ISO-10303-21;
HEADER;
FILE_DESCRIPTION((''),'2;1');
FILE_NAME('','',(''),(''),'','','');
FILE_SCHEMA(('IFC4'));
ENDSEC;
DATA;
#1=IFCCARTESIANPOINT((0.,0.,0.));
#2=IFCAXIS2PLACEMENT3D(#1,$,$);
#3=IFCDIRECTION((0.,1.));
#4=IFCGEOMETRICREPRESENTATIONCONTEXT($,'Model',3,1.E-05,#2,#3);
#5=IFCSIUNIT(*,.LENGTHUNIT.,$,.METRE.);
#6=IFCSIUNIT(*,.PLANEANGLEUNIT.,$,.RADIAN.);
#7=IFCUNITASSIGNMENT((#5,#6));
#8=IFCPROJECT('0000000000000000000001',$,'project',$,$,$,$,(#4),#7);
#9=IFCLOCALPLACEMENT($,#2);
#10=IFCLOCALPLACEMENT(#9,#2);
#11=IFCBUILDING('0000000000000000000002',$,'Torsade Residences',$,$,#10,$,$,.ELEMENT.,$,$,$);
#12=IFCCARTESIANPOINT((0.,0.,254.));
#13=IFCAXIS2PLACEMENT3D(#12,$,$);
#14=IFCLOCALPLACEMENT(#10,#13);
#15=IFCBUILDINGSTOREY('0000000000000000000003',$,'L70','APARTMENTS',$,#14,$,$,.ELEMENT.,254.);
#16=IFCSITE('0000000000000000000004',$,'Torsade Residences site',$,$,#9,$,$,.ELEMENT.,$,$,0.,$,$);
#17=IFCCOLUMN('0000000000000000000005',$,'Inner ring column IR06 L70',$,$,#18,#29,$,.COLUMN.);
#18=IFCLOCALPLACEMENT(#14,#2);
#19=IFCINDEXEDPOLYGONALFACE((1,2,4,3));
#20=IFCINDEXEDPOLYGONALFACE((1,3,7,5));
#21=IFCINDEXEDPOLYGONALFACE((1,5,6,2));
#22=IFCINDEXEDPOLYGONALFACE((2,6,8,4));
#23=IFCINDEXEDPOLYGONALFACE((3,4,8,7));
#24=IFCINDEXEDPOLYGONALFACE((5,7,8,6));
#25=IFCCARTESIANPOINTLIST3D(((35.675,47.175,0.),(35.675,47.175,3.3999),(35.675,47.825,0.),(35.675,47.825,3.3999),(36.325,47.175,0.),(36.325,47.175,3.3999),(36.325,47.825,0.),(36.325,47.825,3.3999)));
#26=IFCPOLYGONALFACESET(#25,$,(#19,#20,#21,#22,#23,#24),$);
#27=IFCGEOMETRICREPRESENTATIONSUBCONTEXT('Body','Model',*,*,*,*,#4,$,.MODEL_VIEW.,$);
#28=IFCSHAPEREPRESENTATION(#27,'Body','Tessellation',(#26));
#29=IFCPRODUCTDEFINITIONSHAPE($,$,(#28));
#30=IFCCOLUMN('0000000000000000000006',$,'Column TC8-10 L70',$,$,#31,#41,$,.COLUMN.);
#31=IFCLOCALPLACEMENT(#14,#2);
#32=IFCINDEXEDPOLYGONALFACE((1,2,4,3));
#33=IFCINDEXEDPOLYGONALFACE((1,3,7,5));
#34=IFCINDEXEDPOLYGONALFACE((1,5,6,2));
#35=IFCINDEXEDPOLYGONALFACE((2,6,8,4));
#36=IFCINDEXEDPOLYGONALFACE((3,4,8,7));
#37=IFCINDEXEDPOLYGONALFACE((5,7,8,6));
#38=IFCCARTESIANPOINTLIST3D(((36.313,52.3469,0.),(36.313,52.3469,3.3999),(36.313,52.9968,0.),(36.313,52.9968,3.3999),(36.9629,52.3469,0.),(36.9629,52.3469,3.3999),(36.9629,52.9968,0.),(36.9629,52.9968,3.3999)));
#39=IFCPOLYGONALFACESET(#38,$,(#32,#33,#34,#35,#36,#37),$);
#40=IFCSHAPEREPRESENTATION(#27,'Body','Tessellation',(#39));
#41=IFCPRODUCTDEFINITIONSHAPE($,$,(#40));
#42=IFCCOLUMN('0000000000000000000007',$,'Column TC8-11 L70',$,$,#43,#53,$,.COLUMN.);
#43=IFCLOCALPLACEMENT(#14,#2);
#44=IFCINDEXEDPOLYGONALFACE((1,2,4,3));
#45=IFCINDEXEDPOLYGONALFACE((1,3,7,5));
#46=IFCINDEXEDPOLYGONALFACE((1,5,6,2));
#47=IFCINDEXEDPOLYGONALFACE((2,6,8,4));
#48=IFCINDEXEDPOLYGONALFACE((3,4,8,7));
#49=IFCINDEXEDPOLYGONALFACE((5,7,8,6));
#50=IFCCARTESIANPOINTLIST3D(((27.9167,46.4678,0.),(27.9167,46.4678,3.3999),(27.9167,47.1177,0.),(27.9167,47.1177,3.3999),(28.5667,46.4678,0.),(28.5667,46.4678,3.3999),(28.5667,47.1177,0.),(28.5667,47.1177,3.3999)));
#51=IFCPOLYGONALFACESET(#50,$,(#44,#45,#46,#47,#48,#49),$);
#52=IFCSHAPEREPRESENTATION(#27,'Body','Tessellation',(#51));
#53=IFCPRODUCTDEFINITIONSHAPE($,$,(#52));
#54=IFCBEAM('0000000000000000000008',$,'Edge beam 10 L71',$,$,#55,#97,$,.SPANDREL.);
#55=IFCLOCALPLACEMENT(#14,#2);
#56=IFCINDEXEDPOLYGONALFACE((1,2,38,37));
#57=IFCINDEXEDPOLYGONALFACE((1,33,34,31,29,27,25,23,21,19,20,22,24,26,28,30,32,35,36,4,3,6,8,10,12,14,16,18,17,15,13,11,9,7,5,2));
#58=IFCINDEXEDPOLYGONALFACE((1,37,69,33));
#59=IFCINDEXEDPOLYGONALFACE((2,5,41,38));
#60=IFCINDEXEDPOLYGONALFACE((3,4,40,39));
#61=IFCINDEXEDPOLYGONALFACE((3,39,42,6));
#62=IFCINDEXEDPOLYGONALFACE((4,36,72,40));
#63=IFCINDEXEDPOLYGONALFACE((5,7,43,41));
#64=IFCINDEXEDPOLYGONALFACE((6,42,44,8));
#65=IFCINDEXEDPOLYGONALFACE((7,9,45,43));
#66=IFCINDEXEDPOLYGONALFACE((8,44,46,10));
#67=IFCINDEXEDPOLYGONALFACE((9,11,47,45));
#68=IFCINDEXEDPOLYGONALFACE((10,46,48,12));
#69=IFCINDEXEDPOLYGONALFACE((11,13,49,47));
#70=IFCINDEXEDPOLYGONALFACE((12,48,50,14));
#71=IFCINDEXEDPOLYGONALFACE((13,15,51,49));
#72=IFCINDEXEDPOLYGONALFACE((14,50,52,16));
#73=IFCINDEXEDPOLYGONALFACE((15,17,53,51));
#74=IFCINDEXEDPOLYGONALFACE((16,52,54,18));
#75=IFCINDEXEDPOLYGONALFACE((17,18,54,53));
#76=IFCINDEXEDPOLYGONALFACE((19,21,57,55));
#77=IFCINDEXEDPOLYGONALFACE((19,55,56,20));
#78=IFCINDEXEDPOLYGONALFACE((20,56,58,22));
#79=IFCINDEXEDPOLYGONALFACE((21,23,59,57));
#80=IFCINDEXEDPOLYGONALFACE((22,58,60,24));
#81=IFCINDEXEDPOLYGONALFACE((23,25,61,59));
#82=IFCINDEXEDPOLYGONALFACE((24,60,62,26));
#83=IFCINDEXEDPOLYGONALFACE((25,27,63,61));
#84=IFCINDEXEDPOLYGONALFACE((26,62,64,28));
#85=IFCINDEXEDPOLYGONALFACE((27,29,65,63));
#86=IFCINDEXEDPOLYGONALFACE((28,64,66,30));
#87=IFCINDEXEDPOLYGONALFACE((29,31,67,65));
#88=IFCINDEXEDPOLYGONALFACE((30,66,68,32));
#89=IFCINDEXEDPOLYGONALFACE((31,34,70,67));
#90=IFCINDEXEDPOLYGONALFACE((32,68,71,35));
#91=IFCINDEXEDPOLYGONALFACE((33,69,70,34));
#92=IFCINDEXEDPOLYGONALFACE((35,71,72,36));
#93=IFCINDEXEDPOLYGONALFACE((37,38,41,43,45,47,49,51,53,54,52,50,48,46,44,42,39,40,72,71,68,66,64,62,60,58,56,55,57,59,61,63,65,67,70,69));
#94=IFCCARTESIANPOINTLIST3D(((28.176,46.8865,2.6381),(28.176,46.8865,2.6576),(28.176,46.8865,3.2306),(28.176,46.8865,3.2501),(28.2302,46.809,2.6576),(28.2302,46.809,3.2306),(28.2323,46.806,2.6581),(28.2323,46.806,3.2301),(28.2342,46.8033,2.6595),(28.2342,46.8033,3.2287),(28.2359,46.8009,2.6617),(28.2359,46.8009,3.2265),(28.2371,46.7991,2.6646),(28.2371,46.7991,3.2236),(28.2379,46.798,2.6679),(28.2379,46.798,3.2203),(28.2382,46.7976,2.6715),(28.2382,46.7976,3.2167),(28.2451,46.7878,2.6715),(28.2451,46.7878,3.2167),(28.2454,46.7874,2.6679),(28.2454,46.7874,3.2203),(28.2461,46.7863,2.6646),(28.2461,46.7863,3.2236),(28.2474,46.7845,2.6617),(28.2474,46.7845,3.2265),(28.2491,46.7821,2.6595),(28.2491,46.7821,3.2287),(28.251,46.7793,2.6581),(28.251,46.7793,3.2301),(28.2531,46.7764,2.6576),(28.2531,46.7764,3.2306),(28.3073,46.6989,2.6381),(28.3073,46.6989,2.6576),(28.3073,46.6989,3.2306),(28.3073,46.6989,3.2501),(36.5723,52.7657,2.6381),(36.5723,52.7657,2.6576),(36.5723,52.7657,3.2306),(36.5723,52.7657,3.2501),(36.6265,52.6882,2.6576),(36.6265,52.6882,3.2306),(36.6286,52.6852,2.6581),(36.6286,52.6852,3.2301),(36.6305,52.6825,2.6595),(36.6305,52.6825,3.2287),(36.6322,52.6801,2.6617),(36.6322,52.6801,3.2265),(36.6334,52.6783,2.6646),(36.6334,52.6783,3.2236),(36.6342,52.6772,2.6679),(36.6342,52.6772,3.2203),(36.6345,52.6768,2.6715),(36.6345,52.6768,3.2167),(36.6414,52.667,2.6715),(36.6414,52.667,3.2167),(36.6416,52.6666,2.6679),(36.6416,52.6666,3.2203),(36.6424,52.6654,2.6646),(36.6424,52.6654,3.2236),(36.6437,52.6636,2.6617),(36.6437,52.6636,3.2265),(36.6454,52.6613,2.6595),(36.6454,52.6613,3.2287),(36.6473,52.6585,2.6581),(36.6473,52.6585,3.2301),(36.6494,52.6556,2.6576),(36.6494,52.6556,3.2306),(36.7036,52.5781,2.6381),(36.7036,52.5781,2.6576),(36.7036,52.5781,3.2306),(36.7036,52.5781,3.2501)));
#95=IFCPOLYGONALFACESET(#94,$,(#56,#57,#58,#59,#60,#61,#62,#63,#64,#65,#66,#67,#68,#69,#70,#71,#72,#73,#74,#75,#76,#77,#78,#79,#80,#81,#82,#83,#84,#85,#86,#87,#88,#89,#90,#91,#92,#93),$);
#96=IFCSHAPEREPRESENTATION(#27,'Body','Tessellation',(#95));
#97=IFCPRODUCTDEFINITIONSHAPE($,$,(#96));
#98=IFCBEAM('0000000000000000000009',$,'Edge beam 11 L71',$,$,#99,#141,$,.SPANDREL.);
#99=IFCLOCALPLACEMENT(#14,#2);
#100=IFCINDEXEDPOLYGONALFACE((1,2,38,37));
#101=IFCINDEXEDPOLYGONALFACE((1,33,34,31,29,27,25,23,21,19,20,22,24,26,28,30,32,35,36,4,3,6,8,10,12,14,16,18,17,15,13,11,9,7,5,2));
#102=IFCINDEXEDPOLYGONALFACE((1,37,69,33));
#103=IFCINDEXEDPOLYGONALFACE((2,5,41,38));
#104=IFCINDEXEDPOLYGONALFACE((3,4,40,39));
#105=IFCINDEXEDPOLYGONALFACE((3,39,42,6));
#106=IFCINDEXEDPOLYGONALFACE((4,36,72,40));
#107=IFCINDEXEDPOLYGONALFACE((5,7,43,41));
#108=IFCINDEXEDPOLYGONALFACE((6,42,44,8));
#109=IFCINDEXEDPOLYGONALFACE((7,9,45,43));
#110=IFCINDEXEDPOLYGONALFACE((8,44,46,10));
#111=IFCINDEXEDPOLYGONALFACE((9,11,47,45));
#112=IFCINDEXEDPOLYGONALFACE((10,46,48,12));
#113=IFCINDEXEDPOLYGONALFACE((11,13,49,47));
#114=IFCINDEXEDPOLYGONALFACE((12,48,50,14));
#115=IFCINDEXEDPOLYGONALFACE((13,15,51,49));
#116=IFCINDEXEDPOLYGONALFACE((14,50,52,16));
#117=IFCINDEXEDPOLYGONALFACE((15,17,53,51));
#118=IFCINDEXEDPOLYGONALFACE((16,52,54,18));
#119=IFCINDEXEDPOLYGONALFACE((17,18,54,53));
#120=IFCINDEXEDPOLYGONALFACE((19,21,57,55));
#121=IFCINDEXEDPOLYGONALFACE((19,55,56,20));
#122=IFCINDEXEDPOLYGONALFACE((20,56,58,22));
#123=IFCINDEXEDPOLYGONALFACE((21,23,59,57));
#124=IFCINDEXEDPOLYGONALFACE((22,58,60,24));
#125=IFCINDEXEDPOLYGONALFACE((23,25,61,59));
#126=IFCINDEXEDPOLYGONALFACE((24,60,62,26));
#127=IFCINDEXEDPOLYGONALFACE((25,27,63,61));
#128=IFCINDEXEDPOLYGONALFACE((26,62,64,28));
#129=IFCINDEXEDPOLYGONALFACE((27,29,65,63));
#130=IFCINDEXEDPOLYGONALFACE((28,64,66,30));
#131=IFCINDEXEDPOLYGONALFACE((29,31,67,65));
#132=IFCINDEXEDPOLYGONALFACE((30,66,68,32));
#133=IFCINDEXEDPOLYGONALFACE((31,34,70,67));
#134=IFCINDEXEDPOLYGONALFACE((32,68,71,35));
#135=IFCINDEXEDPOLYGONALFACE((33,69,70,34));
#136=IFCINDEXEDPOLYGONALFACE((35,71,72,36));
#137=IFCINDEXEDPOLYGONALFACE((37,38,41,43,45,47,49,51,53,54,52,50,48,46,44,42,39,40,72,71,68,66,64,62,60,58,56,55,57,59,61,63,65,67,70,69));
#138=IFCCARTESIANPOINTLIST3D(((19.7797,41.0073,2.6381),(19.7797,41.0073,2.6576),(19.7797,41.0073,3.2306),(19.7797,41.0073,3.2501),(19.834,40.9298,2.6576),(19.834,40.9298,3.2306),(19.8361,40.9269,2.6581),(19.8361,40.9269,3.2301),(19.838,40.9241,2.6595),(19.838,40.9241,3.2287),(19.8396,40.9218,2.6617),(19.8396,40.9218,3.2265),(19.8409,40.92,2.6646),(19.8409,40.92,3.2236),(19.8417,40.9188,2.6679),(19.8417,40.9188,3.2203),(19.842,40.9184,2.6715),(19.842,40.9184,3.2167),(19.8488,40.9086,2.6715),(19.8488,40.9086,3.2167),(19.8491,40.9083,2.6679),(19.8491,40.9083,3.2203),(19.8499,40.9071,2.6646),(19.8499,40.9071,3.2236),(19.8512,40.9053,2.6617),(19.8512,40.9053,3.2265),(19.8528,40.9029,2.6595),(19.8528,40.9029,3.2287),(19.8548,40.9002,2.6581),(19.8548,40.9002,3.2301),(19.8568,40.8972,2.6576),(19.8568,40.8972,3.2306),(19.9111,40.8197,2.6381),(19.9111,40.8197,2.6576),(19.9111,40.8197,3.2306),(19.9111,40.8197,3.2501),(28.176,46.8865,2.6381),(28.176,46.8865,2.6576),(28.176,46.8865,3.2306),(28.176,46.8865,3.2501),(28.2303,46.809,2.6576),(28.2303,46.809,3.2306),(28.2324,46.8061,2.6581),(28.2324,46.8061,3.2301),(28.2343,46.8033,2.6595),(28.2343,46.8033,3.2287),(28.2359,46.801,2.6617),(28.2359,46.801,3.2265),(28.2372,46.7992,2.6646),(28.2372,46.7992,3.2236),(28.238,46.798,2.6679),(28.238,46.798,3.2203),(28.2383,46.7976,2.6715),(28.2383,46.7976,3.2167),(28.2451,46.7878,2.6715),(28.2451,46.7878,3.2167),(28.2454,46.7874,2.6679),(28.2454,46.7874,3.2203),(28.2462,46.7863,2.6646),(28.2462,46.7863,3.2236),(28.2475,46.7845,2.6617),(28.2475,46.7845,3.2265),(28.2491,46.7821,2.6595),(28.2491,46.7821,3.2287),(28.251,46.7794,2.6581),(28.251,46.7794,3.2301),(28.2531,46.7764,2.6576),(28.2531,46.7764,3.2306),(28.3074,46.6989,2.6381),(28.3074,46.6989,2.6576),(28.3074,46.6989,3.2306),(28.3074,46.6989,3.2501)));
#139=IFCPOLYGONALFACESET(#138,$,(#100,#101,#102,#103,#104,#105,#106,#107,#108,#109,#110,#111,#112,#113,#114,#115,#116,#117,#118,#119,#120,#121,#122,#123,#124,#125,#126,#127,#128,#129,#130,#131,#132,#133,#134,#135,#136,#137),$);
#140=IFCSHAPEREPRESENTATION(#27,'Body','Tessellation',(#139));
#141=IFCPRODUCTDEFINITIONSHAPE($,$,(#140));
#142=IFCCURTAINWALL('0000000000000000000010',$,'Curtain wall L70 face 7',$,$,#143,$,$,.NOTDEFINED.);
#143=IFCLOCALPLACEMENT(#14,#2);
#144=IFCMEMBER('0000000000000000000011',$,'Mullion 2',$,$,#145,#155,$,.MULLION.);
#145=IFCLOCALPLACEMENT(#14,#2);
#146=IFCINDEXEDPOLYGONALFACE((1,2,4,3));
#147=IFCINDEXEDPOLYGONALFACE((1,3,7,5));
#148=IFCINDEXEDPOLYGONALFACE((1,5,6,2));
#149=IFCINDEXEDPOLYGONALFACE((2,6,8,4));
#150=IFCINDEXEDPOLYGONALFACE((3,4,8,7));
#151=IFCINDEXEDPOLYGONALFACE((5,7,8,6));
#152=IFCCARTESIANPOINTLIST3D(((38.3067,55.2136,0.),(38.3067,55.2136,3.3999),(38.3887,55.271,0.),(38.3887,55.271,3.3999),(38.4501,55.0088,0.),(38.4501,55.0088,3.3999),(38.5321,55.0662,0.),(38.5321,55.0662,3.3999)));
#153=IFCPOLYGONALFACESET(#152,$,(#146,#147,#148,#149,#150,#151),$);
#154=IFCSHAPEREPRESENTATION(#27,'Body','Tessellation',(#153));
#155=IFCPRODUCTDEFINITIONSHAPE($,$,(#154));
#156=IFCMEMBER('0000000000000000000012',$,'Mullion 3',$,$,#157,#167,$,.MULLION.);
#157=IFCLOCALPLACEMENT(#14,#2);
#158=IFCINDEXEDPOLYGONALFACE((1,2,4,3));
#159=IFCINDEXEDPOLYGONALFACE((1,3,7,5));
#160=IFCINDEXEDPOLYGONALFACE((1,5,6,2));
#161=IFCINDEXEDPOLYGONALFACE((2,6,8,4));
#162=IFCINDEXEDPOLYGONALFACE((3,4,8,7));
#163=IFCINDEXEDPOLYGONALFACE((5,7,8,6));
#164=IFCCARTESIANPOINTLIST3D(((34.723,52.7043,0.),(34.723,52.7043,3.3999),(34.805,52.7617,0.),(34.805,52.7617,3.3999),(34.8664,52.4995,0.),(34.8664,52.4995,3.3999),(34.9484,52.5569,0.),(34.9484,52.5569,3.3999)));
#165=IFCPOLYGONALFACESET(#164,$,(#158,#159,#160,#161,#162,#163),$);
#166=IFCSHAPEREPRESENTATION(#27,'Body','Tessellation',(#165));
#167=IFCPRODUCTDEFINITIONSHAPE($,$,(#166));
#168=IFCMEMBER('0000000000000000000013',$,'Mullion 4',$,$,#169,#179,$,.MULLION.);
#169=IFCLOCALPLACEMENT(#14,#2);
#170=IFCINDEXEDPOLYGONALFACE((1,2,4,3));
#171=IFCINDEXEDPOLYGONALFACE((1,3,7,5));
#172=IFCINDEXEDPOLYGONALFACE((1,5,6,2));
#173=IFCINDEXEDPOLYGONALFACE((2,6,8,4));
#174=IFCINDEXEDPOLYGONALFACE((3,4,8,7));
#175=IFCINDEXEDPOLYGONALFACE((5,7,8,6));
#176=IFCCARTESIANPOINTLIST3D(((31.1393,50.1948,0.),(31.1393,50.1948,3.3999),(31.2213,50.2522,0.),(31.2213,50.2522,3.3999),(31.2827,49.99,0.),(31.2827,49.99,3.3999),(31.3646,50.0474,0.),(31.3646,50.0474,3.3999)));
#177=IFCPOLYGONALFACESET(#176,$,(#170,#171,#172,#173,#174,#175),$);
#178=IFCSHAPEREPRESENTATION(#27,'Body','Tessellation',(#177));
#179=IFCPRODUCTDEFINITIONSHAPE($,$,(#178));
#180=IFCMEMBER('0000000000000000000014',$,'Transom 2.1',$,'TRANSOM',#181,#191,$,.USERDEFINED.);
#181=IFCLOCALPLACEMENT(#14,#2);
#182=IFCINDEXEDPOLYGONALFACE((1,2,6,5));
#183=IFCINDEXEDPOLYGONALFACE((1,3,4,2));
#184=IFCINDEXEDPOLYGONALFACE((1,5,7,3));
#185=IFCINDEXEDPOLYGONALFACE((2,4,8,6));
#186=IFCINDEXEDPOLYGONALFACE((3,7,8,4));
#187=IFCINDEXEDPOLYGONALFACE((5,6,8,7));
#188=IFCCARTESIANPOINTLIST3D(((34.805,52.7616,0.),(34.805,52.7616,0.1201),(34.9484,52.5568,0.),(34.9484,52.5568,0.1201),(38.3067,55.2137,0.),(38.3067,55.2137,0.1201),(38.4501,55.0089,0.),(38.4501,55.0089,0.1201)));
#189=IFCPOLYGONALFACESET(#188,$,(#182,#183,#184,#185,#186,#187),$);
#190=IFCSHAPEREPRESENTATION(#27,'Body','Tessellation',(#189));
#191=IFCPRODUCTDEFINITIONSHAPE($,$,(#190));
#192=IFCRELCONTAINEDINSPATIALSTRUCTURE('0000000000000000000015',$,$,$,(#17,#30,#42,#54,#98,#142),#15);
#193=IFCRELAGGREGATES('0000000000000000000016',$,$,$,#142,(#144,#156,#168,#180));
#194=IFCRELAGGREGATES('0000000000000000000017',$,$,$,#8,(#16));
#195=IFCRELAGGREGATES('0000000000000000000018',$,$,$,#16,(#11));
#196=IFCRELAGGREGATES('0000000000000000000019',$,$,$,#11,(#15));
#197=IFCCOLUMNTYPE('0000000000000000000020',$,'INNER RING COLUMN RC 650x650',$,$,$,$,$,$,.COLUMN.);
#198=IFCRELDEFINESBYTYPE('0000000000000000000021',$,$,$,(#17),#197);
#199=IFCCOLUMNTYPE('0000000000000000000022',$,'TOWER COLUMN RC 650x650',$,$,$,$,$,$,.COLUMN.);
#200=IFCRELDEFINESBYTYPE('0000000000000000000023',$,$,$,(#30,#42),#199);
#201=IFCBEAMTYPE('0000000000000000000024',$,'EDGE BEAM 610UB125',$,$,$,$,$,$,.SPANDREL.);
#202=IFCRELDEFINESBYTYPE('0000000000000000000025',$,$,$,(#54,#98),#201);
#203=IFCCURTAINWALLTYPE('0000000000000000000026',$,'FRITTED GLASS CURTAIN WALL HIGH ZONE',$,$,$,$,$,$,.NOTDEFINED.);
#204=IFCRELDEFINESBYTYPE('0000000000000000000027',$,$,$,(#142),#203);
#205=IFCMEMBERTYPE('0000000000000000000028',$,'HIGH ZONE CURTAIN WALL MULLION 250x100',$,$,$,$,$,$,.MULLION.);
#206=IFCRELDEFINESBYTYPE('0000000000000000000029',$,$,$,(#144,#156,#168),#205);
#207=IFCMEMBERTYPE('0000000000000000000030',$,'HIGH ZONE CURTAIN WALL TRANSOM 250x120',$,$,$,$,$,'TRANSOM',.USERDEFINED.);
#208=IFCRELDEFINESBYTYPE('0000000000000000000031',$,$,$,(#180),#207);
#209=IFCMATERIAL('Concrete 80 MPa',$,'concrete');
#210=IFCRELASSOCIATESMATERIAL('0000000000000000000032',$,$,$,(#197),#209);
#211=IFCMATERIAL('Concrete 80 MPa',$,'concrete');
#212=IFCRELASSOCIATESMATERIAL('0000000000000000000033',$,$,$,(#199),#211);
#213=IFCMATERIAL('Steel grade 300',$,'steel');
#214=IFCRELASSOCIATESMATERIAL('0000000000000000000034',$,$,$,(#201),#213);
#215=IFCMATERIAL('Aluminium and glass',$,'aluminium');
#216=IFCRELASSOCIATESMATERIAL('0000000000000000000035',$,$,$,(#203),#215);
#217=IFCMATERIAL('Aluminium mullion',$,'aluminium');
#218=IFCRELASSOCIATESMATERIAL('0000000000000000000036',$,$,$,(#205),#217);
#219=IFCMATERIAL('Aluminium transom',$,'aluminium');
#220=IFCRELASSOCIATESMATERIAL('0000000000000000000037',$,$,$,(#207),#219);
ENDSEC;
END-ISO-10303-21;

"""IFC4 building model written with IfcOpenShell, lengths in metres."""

from ifc_helpers import new_model, si_unit, direction, frame, origin, origin_2d, place, context, subcontext, project, spatial, rectangle, i_section, extrude, material, material_profile, profile_set, type_object, element, aggregate, save


model = new_model("IFC4")

# Units and contexts
model_context = context("Model", 3, precision=1e-05, world=origin(), true_north=direction((0.0, 1.0)))
body_context = subcontext(model_context, "Body", "Model", "MODEL_VIEW")
ifc_project = project(units=[si_unit("LENGTHUNIT", "METRE"), si_unit("PLANEANGLEUNIT", "RADIAN")], contexts=[model_context])

# Site, building, storey
site_placement = place(None, origin())
site = spatial("IfcSite", under=ifc_project, at=site_placement, Name="Torsade Residences site", CompositionType="ELEMENT", RefElevation=0.0)
building_placement = place(site_placement, origin())
building = spatial("IfcBuilding", under=site, at=building_placement, Name="Torsade Residences", CompositionType="ELEMENT")
storey_placement = place(building_placement, frame((0.0, 0.0, 254.0)))
storey = spatial("IfcBuildingStorey", under=building, at=storey_placement, Name="L70", Description="APARTMENTS", CompositionType="ELEMENT", Elevation=254.0)

# Columns
ifc_material_1 = material(Name="Concrete 80 MPa", Category="concrete")
ifc_material_profile_1 = material_profile(ifc_material_1, rectangle(XDim=0.6499, YDim=0.6499, at=origin_2d()), Name="RC 650x650")
ifc_profile_set_1 = profile_set([ifc_material_profile_1], Name="Concrete 80 MPa")
column_type_1 = type_object("IfcColumnType", Name="INNER RING COLUMN RC 650x650", PredefinedType="COLUMN", material=ifc_profile_set_1)
column_placement = place(storey_placement, frame((36.0, 47.5, 0.0), z_axis=(0.0, 0.0, 1.0), x_axis=(1.0, 0.0, 0.0)))
element("IfcColumn", 1, at=column_placement, inside=storey, type_object=column_type_1, Name="Inner ring column IR06 L70", PredefinedType="COLUMN", context=body_context, shape_type="SweptSolid", body=[
    extrude(rectangle(XDim=0.6499, YDim=0.6499, at=origin_2d()), origin(), (0.0, 0.0, 1.0), 3.3999),
])
ifc_material_2 = material(Name="Concrete 80 MPa", Category="concrete")
ifc_material_profile_2 = material_profile(ifc_material_2, rectangle(XDim=0.6499, YDim=0.6499, at=origin_2d()), Name="RC 650x650")
ifc_profile_set_2 = profile_set([ifc_material_profile_2], Name="Concrete 80 MPa")
column_type_2 = type_object("IfcColumnType", Name="TOWER COLUMN RC 650x650", PredefinedType="COLUMN", material=ifc_profile_set_2)
for number, where, z_axis, x_axis, name in (
    (2, (36.6379, 52.6719, 0.0), (0.0, 0.0, 1.0), (1.0, 0.0, 0.0), "Column TC8-10 L70"),
    (3, (28.2417, 46.7927, 0.0), (0.0, 0.0, 1.0), (1.0, 0.0, 0.0), "Column TC8-11 L70"),
):
    element("IfcColumn", number, at=place(storey_placement, frame(where, z_axis=z_axis, x_axis=x_axis)), inside=storey, type_object=column_type_2, Name=name, PredefinedType="COLUMN", context=body_context, shape_type="SweptSolid", body=[
        extrude(rectangle(XDim=0.6499, YDim=0.6499, at=origin_2d()), origin(), (0.0, 0.0, 1.0), 3.3999),
    ])

# Beams
ifc_material_3 = material(Name="Steel grade 300", Category="steel")
ifc_material_profile_3 = material_profile(ifc_material_3, i_section(OverallWidth=0.229, OverallDepth=0.6121, WebThickness=0.012, FlangeThickness=0.0195, FilletRadius=0.0139, at=origin_2d()), Name="610UB125")
ifc_profile_set_3 = profile_set([ifc_material_profile_3], Name="Steel grade 300")
beam_type_1 = type_object("IfcBeamType", Name="EDGE BEAM 610UB125", PredefinedType="SPANDREL", material=ifc_profile_set_3)
for number, where, z_axis, x_axis, name in (
    (4, (36.6379, 52.6719, 2.9441), (-0.81915, -0.573579, 0.0), (0.573579, -0.81915, 0.0), "Edge beam 10 L71"),
    (5, (28.2417, 46.7927, 2.9441), (-0.81915, -0.573579, 0.0), (0.573579, -0.81915, 0.0), "Edge beam 11 L71"),
):
    element("IfcBeam", number, at=place(storey_placement, frame(where, z_axis=z_axis, x_axis=x_axis)), inside=storey, type_object=beam_type_1, Name=name, PredefinedType="SPANDREL", context=body_context, shape_type="SweptSolid", body=[
        extrude(i_section(OverallWidth=0.229, OverallDepth=0.6121, WebThickness=0.012, FlangeThickness=0.0195, FilletRadius=0.0139, at=origin_2d()), origin(), (0.0, 0.0, 1.0), 10.25),
    ])

# Curtain wall, members
ifc_material_4 = material(Name="Aluminium and glass", Category="aluminium")
curtain_wall_type = type_object("IfcCurtainWallType", Name="FRITTED GLASS CURTAIN WALL HIGH ZONE", PredefinedType="NOTDEFINED", material=ifc_material_4)
curtain_wall_placement = place(storey_placement, origin())
curtain_wall = element("IfcCurtainWall", 6, at=curtain_wall_placement, inside=storey, type_object=curtain_wall_type, Name="Curtain wall L70 face 7", PredefinedType="NOTDEFINED")
ifc_material_5 = material(Name="Aluminium mullion", Category="aluminium")
ifc_material_profile_4 = material_profile(ifc_material_5, rectangle(XDim=0.25, YDim=0.1001, at=origin_2d()), Name="HIGH ZONE CURTAIN WALL MULLION 250x100")
ifc_profile_set_4 = profile_set([ifc_material_profile_4], Name="Aluminium mullion")
member_type_1 = type_object("IfcMemberType", Name="HIGH ZONE CURTAIN WALL MULLION 250x100", PredefinedType="MULLION", material=ifc_profile_set_4)
member_1_placement = place(storey_placement, frame((38.4194, 55.1399, 0.0), z_axis=(0.0, 0.0, 1.0), x_axis=(0.573576, -0.819152, 0.0)))
member_1 = element("IfcMember", 7, at=member_1_placement, type_object=member_type_1, Name="Mullion 2", PredefinedType="MULLION", context=body_context, shape_type="SweptSolid", body=[
    extrude(rectangle(XDim=0.25, YDim=0.1001, at=origin_2d()), origin(), (0.0, 0.0, 1.0), 3.3999),
])
member_2_placement = place(storey_placement, frame((34.8357, 52.6306, 0.0), z_axis=(0.0, 0.0, 1.0), x_axis=(0.573576, -0.819152, 0.0)))
member_2 = element("IfcMember", 8, at=member_2_placement, type_object=member_type_1, Name="Mullion 3", PredefinedType="MULLION", context=body_context, shape_type="SweptSolid", body=[
    extrude(rectangle(XDim=0.25, YDim=0.1001, at=origin_2d()), origin(), (0.0, 0.0, 1.0), 3.3999),
])
member_3_placement = place(storey_placement, frame((31.252, 50.1211, 0.0), z_axis=(0.0, 0.0, 1.0), x_axis=(0.573576, -0.819152, 0.0)))
member_3 = element("IfcMember", 9, at=member_3_placement, type_object=member_type_1, Name="Mullion 4", PredefinedType="MULLION", context=body_context, shape_type="SweptSolid", body=[
    extrude(rectangle(XDim=0.25, YDim=0.1001, at=origin_2d()), origin(), (0.0, 0.0, 1.0), 3.3999),
])
ifc_material_6 = material(Name="Aluminium transom", Category="aluminium")
ifc_material_profile_5 = material_profile(ifc_material_6, rectangle(XDim=0.25, YDim=0.1201, at=origin_2d()), Name="HIGH ZONE CURTAIN WALL TRANSOM 250x120")
ifc_profile_set_5 = profile_set([ifc_material_profile_5], Name="Aluminium transom")
member_type_2 = type_object("IfcMemberType", Name="HIGH ZONE CURTAIN WALL TRANSOM 250x120", ElementType="TRANSOM", PredefinedType="USERDEFINED", material=ifc_profile_set_5)
member_4_placement = place(storey_placement, frame((38.3784, 55.1113, 0.0601), z_axis=(-0.819127, -0.573612, 0.0), x_axis=(0.573612, -0.819127, 0.0)))
member_4 = element("IfcMember", 10, at=member_4_placement, type_object=member_type_2, Name="Transom 2.1", ObjectType="TRANSOM", PredefinedType="USERDEFINED", context=body_context, shape_type="SweptSolid", body=[
    extrude(rectangle(XDim=0.25, YDim=0.1201, at=origin_2d()), origin(), (0.0, 0.0, 1.0), 4.2749),
])

aggregate(curtain_wall, [member_1, member_2, member_3, member_4])

save(model, "model.ifc")
